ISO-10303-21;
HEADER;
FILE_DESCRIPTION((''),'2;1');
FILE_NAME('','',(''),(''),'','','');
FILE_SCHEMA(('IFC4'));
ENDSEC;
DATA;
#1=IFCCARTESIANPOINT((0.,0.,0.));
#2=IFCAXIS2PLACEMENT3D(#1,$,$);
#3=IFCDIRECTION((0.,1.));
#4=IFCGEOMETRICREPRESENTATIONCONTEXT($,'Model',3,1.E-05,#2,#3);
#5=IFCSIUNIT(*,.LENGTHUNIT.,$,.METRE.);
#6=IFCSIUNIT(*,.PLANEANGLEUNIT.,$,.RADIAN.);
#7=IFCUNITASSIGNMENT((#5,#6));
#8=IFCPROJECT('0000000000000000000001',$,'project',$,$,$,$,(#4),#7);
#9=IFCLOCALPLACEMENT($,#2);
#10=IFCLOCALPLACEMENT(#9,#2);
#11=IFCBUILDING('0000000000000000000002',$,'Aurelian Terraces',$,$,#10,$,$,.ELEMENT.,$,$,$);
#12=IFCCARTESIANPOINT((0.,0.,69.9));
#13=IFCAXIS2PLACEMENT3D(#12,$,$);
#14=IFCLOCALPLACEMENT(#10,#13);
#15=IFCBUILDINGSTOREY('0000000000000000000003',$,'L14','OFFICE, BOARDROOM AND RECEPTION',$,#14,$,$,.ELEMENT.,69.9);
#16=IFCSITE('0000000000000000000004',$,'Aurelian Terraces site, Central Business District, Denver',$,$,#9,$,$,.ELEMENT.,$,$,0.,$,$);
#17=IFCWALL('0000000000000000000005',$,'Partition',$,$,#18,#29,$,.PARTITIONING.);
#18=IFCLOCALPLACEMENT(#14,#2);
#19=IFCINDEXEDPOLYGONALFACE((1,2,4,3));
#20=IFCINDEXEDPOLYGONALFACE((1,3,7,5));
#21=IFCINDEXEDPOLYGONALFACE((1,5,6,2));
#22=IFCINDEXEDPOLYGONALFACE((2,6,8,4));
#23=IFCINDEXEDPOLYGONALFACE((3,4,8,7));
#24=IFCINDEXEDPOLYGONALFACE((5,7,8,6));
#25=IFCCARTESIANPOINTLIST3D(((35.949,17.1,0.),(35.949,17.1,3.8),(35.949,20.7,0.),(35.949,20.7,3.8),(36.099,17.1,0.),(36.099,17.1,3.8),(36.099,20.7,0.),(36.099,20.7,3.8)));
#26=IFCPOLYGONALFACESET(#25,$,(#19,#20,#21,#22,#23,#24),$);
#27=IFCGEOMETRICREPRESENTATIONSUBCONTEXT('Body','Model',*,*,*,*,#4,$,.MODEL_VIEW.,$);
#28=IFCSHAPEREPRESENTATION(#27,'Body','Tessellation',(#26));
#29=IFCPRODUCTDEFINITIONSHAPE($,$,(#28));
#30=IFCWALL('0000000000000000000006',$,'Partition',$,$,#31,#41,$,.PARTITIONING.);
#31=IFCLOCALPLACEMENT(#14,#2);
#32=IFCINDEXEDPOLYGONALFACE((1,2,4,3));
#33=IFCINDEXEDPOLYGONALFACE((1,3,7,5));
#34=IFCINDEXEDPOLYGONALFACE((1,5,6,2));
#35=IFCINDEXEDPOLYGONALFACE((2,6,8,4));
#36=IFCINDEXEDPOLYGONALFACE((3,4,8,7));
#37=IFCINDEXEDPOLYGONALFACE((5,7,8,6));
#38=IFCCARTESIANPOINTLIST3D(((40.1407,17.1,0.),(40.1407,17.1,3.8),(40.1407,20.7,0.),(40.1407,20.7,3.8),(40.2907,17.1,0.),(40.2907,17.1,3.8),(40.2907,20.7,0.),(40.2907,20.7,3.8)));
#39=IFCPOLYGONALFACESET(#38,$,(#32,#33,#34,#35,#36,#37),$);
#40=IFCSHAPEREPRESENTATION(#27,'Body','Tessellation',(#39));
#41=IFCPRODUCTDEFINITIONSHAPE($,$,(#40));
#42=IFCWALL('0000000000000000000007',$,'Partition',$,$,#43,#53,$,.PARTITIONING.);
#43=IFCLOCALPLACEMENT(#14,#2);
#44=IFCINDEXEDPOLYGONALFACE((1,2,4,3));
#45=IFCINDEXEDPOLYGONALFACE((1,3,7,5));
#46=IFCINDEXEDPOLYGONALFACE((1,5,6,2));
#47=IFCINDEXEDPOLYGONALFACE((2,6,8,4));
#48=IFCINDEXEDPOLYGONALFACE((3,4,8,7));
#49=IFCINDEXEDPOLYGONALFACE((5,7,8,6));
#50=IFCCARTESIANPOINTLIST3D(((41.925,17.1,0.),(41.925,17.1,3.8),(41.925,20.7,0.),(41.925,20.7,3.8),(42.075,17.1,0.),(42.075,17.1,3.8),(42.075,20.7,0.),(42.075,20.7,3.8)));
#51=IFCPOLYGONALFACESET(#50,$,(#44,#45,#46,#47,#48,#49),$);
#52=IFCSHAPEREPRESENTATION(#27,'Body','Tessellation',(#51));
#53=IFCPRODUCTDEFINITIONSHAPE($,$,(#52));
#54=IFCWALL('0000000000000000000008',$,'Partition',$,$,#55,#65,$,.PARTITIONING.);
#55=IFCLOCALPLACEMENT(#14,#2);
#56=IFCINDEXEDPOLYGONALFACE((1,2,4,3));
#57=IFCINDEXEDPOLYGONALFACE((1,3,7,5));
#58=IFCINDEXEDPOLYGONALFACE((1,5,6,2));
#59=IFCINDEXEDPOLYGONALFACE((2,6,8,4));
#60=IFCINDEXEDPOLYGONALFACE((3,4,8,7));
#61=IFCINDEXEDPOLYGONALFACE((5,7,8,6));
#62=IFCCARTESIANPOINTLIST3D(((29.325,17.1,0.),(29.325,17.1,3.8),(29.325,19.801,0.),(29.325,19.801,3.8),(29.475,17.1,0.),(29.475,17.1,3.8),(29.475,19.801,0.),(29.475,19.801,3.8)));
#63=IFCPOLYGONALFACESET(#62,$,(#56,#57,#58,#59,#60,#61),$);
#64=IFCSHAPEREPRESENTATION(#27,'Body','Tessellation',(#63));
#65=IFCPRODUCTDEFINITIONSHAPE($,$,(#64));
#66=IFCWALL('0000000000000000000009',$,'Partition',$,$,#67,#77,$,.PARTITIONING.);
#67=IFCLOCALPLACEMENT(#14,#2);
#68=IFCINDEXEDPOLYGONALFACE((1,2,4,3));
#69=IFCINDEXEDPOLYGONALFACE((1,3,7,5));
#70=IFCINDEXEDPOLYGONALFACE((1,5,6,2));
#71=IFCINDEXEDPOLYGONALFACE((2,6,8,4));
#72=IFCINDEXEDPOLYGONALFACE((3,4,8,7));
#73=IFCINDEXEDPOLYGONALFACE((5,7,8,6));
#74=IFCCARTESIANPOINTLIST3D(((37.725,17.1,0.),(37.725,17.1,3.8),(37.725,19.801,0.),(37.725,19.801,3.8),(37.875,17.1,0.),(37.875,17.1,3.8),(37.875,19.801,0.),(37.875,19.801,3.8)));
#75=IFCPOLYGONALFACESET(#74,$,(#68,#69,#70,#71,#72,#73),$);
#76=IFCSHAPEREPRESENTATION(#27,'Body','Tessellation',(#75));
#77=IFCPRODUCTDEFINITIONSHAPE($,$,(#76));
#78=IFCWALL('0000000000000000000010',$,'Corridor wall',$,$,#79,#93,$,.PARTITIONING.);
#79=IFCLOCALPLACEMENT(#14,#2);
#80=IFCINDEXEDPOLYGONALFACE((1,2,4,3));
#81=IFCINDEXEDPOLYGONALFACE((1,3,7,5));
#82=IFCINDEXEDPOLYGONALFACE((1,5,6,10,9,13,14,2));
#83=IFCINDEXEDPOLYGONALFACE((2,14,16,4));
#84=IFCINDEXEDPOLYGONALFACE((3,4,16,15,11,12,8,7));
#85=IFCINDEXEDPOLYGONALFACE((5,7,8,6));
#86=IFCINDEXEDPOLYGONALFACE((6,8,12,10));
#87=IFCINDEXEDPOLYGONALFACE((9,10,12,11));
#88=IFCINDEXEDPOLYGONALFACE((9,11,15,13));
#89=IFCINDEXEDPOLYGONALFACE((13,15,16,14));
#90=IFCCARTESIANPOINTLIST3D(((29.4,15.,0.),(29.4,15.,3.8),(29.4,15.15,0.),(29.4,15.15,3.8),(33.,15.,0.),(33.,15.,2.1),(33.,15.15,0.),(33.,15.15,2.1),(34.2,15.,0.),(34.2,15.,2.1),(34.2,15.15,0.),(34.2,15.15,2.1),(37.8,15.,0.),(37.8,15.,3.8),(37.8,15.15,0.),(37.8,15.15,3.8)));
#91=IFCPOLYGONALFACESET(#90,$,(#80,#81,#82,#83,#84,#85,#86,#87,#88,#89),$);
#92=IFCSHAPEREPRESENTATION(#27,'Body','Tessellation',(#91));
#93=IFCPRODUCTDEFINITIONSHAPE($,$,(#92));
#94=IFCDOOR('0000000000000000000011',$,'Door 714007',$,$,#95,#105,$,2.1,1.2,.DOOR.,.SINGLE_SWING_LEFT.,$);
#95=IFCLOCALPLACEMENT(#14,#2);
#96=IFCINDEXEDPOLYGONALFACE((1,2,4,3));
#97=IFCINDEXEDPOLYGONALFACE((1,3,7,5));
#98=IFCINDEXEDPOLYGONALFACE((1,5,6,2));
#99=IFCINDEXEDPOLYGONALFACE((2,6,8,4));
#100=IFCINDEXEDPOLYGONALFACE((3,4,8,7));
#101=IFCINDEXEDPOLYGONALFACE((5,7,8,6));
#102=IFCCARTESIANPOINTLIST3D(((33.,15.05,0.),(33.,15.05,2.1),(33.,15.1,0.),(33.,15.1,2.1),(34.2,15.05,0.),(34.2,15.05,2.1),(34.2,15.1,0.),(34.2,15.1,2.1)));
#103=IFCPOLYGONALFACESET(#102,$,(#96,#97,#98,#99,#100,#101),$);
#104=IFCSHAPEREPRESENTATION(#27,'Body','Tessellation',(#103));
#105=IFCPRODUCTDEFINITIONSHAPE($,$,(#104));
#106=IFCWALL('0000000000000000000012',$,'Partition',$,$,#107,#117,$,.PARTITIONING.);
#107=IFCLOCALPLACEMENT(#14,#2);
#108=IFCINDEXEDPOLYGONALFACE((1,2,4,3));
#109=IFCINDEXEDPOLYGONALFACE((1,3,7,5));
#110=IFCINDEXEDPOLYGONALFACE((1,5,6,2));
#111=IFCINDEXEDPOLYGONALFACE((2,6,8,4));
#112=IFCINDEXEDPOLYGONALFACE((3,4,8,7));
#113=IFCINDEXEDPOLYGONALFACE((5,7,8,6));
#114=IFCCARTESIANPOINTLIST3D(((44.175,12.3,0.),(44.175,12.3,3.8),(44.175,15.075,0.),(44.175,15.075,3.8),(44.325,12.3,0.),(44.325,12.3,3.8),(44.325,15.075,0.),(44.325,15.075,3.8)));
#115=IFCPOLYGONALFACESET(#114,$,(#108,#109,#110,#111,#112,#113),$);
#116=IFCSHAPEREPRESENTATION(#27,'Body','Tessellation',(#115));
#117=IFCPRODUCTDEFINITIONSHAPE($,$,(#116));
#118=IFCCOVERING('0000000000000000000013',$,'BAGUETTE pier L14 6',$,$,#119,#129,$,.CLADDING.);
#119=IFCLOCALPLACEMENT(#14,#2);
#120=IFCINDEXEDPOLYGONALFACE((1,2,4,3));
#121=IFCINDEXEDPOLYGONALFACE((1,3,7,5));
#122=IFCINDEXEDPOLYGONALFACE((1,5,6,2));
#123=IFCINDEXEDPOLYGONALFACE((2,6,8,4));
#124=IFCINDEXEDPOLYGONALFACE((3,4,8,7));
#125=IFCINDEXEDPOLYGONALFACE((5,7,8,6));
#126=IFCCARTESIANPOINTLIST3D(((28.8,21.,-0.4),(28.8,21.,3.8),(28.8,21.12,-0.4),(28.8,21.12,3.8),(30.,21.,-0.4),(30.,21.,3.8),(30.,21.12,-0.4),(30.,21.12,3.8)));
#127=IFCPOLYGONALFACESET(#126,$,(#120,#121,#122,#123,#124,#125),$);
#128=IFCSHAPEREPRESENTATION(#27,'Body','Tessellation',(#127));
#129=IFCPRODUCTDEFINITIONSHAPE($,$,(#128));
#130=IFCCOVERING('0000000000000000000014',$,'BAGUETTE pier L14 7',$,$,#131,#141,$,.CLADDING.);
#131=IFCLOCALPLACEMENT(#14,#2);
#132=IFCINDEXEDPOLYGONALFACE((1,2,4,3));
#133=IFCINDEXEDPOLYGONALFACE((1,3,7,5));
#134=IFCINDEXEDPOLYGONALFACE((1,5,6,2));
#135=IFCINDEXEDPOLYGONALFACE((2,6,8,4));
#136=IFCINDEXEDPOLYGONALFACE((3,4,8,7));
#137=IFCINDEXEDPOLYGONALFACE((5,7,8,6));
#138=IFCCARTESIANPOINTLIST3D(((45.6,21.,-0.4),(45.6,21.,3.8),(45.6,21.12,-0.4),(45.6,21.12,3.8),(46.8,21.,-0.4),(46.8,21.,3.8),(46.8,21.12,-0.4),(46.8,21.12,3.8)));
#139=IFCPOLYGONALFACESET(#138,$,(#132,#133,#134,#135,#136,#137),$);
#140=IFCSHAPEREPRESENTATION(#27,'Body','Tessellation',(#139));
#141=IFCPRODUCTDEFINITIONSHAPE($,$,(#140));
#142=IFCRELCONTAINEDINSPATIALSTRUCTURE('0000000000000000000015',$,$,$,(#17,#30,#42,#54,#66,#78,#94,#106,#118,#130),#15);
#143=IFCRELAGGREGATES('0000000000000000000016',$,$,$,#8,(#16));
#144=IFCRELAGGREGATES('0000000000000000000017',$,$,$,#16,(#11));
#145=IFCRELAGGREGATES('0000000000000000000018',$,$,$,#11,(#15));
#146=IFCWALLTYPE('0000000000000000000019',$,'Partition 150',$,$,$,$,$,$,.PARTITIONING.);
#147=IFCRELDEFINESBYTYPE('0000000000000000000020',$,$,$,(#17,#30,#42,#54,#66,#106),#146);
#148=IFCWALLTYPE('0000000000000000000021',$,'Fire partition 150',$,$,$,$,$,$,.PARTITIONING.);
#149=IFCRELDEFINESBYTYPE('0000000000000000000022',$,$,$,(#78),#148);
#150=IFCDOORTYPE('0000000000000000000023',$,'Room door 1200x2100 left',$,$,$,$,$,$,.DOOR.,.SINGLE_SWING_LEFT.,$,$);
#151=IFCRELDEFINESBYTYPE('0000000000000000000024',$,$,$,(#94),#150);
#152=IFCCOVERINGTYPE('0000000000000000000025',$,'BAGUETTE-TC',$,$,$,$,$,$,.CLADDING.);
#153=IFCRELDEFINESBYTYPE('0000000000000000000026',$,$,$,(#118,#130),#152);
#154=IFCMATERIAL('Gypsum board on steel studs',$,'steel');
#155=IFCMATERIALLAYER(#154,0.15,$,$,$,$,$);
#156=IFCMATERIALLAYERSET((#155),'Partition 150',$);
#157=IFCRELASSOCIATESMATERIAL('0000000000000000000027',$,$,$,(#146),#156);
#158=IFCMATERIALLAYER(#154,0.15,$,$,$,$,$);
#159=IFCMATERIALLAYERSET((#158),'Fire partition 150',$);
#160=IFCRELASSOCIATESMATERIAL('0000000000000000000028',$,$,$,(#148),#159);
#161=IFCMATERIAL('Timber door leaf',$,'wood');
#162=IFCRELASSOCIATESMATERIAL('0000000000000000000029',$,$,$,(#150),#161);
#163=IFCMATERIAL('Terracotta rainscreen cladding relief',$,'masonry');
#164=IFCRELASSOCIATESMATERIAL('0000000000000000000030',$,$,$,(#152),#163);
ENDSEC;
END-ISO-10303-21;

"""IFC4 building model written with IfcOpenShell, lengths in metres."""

from ifc_helpers import new_model, si_unit, direction, frame, frame_2d, origin, origin_2d, place, context, subcontext, project, spatial, rectangle, extrude, source, transform, mapped, material, layer, layer_set, type_object, element, fill, save


model = new_model("IFC4")

# Units and contexts
model_context = context("Model", 3, precision=1e-05, world=origin(), true_north=direction((0.0, 1.0)))
body_context = subcontext(model_context, "Body", "Model", "MODEL_VIEW")
ifc_project = project(units=[si_unit("LENGTHUNIT", "METRE"), si_unit("PLANEANGLEUNIT", "RADIAN")], contexts=[model_context])

# Site, building, storey
site_placement = place(None, origin())
site = spatial("IfcSite", under=ifc_project, at=site_placement, Name="Aurelian Terraces site, Central Business District, Denver", CompositionType="ELEMENT", RefElevation=0.0)
building_placement = place(site_placement, origin())
building = spatial("IfcBuilding", under=site, at=building_placement, Name="Aurelian Terraces", CompositionType="ELEMENT")
storey_placement = place(building_placement, frame((0.0, 0.0, 69.9)))
storey = spatial("IfcBuildingStorey", under=building, at=storey_placement, Name="L14", Description="OFFICE, BOARDROOM AND RECEPTION", CompositionType="ELEMENT", Elevation=69.9)

# Shared definitions
ifc_material_1 = material(Name="Timber door leaf", Category="wood")

# Shared definitions
ifc_material_2 = material(Name="Gypsum board on steel studs", Category="steel")
ifc_layer_1 = layer(ifc_material_2, 0.15)
ifc_layer_set_1 = layer_set([ifc_layer_1], Name="Partition 150")
wall_type_1 = type_object("IfcWallType", Name="Partition 150", PredefinedType="PARTITIONING", material=ifc_layer_set_1)

# Shared definitions
ifc_layer_2 = layer(ifc_material_2, 0.15)
ifc_layer_set_2 = layer_set([ifc_layer_2], Name="Fire partition 150")
wall_type_2 = type_object("IfcWallType", Name="Fire partition 150", PredefinedType="PARTITIONING", material=ifc_layer_set_2)

# Walls
shared_shape_1 = source(origin(), body_context, "Body", "SweptSolid", [
    extrude(rectangle(XDim=3.6, YDim=0.15, at=frame_2d((1.8, 0.0))), origin(), (0.0, 0.0, 1.0), 3.8),
])
for number, where, z_axis, x_axis, name in (
    (1, (36.024, 20.7, 0.0), (0.0, 0.0, 1.0), (0.0, -1.0, 0.0), "Partition"),
    (2, (40.2157, 20.7, 0.0), (0.0, 0.0, 1.0), (0.0, -1.0, 0.0), "Partition"),
    (3, (42.0, 17.1, 0.0), (0.0, 0.0, 1.0), (0.0, 1.0, 0.0), "Partition"),
):
    element("IfcWall", number, at=place(storey_placement, frame(where, z_axis=z_axis, x_axis=x_axis)), inside=storey, type_object=wall_type_1, Name=name, PredefinedType="PARTITIONING", context=body_context, shape_type="MappedRepresentation", body=[
        mapped(shared_shape_1, transform((0.0, 0.0, 0.0), scale=1.0)),
    ])
shared_shape_2 = source(origin(), body_context, "Body", "SweptSolid", [
    extrude(rectangle(XDim=2.701, YDim=0.15, at=frame_2d((1.3505, 0.0))), origin(), (0.0, 0.0, 1.0), 3.8),
])
for number, where, z_axis, x_axis, name in (
    (4, (29.4, 17.1, 0.0), (0.0, 0.0, 1.0), (0.0, 1.0, 0.0), "Partition"),
    (5, (37.8, 17.1, 0.0), (0.0, 0.0, 1.0), (0.0, 1.0, 0.0), "Partition"),
):
    element("IfcWall", number, at=place(storey_placement, frame(where, z_axis=z_axis, x_axis=x_axis)), inside=storey, type_object=wall_type_1, Name=name, PredefinedType="PARTITIONING", context=body_context, shape_type="MappedRepresentation", body=[
        mapped(shared_shape_2, transform((0.0, 0.0, 0.0), scale=1.0)),
    ])

# Wall, opening, door
shared_shape_3 = source(origin(), body_context, "Body", "SweptSolid", [
    extrude(rectangle(XDim=8.4, YDim=0.15, at=frame_2d((4.2, 0.0))), origin(), (0.0, 0.0, 1.0), 3.8),
])
wall_1_placement = place(storey_placement, frame((37.8, 15.075, 0.0), z_axis=(0.0, 0.0, 1.0), x_axis=(-1.0, 0.0, 0.0)))
wall_1 = element("IfcWall", 6, at=wall_1_placement, inside=storey, type_object=wall_type_2, Name="Corridor wall", PredefinedType="PARTITIONING", context=body_context, shape_type="MappedRepresentation", body=[
    mapped(shared_shape_3, transform((0.0, 0.0, 0.0), scale=1.0)),
])
shared_shape_4 = source(origin(), body_context, "Body", "SweptSolid", [
    extrude(rectangle(XDim=1.2, YDim=2.1, at=frame_2d((0.6, 1.05))), frame((0.0, 0.085, 0.0), z_axis=(0.0, -1.0, 0.0), x_axis=(1.0, 0.0, 0.0)), (0.0, 0.0, 1.0), 0.17),
])
opening_1_placement = place(wall_1_placement, frame((3.6, 0.0, 0.0)))
opening_1 = element("IfcOpeningElement", 7, at=opening_1_placement, cuts=wall_1, PredefinedType="OPENING", context=body_context, shape_type="MappedRepresentation", body=[
    mapped(shared_shape_4, transform((0.0, 0.0, 0.0), scale=1.0)),
])
door_type_1 = type_object("IfcDoorType", Name="Room door 1200x2100 left", OperationType="SINGLE_SWING_LEFT", PredefinedType="DOOR", material=ifc_material_1)
shared_shape_5 = source(origin(), body_context, "Body", "SweptSolid", [
    extrude(rectangle(XDim=1.2, YDim=2.1, at=frame_2d((0.6, 1.05))), frame((0.0, 0.025, 0.0), z_axis=(0.0, -1.0, 0.0), x_axis=(1.0, 0.0, 0.0)), (0.0, 0.0, 1.0), 0.05),
])
door_1_placement = place(opening_1_placement, origin())
door_1 = element("IfcDoor", 8, at=door_1_placement, inside=storey, type_object=door_type_1, Name="Door 714007", OperationType="SINGLE_SWING_LEFT", OverallHeight=2.1, OverallWidth=1.2, PredefinedType="DOOR", context=body_context, shape_type="MappedRepresentation", body=[
    mapped(shared_shape_5, transform((0.0, 0.0, 0.0), scale=1.0)),
])
fill(opening_1, door_1)

# Wall
shared_shape_6 = source(origin(), body_context, "Body", "SweptSolid", [
    extrude(rectangle(XDim=2.775, YDim=0.15, at=frame_2d((1.3875, 0.0))), origin(), (0.0, 0.0, 1.0), 3.8),
])
wall_2_placement = place(storey_placement, frame((44.25, 12.3, 0.0), z_axis=(0.0, 0.0, 1.0), x_axis=(0.0, 1.0, 0.0)))
element("IfcWall", 9, at=wall_2_placement, inside=storey, type_object=wall_type_1, Name="Partition", PredefinedType="PARTITIONING", context=body_context, shape_type="MappedRepresentation", body=[
    mapped(shared_shape_6, transform((0.0, 0.0, 0.0), scale=1.0)),
])

# Coverings
ifc_material_3 = material(Name="Terracotta rainscreen cladding relief", Category="masonry")
covering_type = type_object("IfcCoveringType", Name="BAGUETTE-TC", PredefinedType="CLADDING", material=ifc_material_3)
shared_shape_7 = source(origin(), body_context, "Body", "SweptSolid", [
    extrude(rectangle(XDim=1.2, YDim=0.12, at=origin_2d()), origin(), (0.0, 0.0, 1.0), 4.2),
])
for number, where, z_axis, x_axis, name in (
    (10, (29.4, 21.06, -0.4), (0.0, 0.0, 1.0), (1.0, 0.0, 0.0), "BAGUETTE pier L14 6"),
    (11, (46.2, 21.06, -0.4), (0.0, 0.0, 1.0), (1.0, 0.0, 0.0), "BAGUETTE pier L14 7"),
):
    element("IfcCovering", number, at=place(storey_placement, frame(where, z_axis=z_axis, x_axis=x_axis)), inside=storey, type_object=covering_type, Name=name, PredefinedType="CLADDING", context=body_context, shape_type="MappedRepresentation", body=[
        mapped(shared_shape_7, transform((0.0, 0.0, 0.0), scale=1.0)),
    ])

save(model, "model.ifc")
